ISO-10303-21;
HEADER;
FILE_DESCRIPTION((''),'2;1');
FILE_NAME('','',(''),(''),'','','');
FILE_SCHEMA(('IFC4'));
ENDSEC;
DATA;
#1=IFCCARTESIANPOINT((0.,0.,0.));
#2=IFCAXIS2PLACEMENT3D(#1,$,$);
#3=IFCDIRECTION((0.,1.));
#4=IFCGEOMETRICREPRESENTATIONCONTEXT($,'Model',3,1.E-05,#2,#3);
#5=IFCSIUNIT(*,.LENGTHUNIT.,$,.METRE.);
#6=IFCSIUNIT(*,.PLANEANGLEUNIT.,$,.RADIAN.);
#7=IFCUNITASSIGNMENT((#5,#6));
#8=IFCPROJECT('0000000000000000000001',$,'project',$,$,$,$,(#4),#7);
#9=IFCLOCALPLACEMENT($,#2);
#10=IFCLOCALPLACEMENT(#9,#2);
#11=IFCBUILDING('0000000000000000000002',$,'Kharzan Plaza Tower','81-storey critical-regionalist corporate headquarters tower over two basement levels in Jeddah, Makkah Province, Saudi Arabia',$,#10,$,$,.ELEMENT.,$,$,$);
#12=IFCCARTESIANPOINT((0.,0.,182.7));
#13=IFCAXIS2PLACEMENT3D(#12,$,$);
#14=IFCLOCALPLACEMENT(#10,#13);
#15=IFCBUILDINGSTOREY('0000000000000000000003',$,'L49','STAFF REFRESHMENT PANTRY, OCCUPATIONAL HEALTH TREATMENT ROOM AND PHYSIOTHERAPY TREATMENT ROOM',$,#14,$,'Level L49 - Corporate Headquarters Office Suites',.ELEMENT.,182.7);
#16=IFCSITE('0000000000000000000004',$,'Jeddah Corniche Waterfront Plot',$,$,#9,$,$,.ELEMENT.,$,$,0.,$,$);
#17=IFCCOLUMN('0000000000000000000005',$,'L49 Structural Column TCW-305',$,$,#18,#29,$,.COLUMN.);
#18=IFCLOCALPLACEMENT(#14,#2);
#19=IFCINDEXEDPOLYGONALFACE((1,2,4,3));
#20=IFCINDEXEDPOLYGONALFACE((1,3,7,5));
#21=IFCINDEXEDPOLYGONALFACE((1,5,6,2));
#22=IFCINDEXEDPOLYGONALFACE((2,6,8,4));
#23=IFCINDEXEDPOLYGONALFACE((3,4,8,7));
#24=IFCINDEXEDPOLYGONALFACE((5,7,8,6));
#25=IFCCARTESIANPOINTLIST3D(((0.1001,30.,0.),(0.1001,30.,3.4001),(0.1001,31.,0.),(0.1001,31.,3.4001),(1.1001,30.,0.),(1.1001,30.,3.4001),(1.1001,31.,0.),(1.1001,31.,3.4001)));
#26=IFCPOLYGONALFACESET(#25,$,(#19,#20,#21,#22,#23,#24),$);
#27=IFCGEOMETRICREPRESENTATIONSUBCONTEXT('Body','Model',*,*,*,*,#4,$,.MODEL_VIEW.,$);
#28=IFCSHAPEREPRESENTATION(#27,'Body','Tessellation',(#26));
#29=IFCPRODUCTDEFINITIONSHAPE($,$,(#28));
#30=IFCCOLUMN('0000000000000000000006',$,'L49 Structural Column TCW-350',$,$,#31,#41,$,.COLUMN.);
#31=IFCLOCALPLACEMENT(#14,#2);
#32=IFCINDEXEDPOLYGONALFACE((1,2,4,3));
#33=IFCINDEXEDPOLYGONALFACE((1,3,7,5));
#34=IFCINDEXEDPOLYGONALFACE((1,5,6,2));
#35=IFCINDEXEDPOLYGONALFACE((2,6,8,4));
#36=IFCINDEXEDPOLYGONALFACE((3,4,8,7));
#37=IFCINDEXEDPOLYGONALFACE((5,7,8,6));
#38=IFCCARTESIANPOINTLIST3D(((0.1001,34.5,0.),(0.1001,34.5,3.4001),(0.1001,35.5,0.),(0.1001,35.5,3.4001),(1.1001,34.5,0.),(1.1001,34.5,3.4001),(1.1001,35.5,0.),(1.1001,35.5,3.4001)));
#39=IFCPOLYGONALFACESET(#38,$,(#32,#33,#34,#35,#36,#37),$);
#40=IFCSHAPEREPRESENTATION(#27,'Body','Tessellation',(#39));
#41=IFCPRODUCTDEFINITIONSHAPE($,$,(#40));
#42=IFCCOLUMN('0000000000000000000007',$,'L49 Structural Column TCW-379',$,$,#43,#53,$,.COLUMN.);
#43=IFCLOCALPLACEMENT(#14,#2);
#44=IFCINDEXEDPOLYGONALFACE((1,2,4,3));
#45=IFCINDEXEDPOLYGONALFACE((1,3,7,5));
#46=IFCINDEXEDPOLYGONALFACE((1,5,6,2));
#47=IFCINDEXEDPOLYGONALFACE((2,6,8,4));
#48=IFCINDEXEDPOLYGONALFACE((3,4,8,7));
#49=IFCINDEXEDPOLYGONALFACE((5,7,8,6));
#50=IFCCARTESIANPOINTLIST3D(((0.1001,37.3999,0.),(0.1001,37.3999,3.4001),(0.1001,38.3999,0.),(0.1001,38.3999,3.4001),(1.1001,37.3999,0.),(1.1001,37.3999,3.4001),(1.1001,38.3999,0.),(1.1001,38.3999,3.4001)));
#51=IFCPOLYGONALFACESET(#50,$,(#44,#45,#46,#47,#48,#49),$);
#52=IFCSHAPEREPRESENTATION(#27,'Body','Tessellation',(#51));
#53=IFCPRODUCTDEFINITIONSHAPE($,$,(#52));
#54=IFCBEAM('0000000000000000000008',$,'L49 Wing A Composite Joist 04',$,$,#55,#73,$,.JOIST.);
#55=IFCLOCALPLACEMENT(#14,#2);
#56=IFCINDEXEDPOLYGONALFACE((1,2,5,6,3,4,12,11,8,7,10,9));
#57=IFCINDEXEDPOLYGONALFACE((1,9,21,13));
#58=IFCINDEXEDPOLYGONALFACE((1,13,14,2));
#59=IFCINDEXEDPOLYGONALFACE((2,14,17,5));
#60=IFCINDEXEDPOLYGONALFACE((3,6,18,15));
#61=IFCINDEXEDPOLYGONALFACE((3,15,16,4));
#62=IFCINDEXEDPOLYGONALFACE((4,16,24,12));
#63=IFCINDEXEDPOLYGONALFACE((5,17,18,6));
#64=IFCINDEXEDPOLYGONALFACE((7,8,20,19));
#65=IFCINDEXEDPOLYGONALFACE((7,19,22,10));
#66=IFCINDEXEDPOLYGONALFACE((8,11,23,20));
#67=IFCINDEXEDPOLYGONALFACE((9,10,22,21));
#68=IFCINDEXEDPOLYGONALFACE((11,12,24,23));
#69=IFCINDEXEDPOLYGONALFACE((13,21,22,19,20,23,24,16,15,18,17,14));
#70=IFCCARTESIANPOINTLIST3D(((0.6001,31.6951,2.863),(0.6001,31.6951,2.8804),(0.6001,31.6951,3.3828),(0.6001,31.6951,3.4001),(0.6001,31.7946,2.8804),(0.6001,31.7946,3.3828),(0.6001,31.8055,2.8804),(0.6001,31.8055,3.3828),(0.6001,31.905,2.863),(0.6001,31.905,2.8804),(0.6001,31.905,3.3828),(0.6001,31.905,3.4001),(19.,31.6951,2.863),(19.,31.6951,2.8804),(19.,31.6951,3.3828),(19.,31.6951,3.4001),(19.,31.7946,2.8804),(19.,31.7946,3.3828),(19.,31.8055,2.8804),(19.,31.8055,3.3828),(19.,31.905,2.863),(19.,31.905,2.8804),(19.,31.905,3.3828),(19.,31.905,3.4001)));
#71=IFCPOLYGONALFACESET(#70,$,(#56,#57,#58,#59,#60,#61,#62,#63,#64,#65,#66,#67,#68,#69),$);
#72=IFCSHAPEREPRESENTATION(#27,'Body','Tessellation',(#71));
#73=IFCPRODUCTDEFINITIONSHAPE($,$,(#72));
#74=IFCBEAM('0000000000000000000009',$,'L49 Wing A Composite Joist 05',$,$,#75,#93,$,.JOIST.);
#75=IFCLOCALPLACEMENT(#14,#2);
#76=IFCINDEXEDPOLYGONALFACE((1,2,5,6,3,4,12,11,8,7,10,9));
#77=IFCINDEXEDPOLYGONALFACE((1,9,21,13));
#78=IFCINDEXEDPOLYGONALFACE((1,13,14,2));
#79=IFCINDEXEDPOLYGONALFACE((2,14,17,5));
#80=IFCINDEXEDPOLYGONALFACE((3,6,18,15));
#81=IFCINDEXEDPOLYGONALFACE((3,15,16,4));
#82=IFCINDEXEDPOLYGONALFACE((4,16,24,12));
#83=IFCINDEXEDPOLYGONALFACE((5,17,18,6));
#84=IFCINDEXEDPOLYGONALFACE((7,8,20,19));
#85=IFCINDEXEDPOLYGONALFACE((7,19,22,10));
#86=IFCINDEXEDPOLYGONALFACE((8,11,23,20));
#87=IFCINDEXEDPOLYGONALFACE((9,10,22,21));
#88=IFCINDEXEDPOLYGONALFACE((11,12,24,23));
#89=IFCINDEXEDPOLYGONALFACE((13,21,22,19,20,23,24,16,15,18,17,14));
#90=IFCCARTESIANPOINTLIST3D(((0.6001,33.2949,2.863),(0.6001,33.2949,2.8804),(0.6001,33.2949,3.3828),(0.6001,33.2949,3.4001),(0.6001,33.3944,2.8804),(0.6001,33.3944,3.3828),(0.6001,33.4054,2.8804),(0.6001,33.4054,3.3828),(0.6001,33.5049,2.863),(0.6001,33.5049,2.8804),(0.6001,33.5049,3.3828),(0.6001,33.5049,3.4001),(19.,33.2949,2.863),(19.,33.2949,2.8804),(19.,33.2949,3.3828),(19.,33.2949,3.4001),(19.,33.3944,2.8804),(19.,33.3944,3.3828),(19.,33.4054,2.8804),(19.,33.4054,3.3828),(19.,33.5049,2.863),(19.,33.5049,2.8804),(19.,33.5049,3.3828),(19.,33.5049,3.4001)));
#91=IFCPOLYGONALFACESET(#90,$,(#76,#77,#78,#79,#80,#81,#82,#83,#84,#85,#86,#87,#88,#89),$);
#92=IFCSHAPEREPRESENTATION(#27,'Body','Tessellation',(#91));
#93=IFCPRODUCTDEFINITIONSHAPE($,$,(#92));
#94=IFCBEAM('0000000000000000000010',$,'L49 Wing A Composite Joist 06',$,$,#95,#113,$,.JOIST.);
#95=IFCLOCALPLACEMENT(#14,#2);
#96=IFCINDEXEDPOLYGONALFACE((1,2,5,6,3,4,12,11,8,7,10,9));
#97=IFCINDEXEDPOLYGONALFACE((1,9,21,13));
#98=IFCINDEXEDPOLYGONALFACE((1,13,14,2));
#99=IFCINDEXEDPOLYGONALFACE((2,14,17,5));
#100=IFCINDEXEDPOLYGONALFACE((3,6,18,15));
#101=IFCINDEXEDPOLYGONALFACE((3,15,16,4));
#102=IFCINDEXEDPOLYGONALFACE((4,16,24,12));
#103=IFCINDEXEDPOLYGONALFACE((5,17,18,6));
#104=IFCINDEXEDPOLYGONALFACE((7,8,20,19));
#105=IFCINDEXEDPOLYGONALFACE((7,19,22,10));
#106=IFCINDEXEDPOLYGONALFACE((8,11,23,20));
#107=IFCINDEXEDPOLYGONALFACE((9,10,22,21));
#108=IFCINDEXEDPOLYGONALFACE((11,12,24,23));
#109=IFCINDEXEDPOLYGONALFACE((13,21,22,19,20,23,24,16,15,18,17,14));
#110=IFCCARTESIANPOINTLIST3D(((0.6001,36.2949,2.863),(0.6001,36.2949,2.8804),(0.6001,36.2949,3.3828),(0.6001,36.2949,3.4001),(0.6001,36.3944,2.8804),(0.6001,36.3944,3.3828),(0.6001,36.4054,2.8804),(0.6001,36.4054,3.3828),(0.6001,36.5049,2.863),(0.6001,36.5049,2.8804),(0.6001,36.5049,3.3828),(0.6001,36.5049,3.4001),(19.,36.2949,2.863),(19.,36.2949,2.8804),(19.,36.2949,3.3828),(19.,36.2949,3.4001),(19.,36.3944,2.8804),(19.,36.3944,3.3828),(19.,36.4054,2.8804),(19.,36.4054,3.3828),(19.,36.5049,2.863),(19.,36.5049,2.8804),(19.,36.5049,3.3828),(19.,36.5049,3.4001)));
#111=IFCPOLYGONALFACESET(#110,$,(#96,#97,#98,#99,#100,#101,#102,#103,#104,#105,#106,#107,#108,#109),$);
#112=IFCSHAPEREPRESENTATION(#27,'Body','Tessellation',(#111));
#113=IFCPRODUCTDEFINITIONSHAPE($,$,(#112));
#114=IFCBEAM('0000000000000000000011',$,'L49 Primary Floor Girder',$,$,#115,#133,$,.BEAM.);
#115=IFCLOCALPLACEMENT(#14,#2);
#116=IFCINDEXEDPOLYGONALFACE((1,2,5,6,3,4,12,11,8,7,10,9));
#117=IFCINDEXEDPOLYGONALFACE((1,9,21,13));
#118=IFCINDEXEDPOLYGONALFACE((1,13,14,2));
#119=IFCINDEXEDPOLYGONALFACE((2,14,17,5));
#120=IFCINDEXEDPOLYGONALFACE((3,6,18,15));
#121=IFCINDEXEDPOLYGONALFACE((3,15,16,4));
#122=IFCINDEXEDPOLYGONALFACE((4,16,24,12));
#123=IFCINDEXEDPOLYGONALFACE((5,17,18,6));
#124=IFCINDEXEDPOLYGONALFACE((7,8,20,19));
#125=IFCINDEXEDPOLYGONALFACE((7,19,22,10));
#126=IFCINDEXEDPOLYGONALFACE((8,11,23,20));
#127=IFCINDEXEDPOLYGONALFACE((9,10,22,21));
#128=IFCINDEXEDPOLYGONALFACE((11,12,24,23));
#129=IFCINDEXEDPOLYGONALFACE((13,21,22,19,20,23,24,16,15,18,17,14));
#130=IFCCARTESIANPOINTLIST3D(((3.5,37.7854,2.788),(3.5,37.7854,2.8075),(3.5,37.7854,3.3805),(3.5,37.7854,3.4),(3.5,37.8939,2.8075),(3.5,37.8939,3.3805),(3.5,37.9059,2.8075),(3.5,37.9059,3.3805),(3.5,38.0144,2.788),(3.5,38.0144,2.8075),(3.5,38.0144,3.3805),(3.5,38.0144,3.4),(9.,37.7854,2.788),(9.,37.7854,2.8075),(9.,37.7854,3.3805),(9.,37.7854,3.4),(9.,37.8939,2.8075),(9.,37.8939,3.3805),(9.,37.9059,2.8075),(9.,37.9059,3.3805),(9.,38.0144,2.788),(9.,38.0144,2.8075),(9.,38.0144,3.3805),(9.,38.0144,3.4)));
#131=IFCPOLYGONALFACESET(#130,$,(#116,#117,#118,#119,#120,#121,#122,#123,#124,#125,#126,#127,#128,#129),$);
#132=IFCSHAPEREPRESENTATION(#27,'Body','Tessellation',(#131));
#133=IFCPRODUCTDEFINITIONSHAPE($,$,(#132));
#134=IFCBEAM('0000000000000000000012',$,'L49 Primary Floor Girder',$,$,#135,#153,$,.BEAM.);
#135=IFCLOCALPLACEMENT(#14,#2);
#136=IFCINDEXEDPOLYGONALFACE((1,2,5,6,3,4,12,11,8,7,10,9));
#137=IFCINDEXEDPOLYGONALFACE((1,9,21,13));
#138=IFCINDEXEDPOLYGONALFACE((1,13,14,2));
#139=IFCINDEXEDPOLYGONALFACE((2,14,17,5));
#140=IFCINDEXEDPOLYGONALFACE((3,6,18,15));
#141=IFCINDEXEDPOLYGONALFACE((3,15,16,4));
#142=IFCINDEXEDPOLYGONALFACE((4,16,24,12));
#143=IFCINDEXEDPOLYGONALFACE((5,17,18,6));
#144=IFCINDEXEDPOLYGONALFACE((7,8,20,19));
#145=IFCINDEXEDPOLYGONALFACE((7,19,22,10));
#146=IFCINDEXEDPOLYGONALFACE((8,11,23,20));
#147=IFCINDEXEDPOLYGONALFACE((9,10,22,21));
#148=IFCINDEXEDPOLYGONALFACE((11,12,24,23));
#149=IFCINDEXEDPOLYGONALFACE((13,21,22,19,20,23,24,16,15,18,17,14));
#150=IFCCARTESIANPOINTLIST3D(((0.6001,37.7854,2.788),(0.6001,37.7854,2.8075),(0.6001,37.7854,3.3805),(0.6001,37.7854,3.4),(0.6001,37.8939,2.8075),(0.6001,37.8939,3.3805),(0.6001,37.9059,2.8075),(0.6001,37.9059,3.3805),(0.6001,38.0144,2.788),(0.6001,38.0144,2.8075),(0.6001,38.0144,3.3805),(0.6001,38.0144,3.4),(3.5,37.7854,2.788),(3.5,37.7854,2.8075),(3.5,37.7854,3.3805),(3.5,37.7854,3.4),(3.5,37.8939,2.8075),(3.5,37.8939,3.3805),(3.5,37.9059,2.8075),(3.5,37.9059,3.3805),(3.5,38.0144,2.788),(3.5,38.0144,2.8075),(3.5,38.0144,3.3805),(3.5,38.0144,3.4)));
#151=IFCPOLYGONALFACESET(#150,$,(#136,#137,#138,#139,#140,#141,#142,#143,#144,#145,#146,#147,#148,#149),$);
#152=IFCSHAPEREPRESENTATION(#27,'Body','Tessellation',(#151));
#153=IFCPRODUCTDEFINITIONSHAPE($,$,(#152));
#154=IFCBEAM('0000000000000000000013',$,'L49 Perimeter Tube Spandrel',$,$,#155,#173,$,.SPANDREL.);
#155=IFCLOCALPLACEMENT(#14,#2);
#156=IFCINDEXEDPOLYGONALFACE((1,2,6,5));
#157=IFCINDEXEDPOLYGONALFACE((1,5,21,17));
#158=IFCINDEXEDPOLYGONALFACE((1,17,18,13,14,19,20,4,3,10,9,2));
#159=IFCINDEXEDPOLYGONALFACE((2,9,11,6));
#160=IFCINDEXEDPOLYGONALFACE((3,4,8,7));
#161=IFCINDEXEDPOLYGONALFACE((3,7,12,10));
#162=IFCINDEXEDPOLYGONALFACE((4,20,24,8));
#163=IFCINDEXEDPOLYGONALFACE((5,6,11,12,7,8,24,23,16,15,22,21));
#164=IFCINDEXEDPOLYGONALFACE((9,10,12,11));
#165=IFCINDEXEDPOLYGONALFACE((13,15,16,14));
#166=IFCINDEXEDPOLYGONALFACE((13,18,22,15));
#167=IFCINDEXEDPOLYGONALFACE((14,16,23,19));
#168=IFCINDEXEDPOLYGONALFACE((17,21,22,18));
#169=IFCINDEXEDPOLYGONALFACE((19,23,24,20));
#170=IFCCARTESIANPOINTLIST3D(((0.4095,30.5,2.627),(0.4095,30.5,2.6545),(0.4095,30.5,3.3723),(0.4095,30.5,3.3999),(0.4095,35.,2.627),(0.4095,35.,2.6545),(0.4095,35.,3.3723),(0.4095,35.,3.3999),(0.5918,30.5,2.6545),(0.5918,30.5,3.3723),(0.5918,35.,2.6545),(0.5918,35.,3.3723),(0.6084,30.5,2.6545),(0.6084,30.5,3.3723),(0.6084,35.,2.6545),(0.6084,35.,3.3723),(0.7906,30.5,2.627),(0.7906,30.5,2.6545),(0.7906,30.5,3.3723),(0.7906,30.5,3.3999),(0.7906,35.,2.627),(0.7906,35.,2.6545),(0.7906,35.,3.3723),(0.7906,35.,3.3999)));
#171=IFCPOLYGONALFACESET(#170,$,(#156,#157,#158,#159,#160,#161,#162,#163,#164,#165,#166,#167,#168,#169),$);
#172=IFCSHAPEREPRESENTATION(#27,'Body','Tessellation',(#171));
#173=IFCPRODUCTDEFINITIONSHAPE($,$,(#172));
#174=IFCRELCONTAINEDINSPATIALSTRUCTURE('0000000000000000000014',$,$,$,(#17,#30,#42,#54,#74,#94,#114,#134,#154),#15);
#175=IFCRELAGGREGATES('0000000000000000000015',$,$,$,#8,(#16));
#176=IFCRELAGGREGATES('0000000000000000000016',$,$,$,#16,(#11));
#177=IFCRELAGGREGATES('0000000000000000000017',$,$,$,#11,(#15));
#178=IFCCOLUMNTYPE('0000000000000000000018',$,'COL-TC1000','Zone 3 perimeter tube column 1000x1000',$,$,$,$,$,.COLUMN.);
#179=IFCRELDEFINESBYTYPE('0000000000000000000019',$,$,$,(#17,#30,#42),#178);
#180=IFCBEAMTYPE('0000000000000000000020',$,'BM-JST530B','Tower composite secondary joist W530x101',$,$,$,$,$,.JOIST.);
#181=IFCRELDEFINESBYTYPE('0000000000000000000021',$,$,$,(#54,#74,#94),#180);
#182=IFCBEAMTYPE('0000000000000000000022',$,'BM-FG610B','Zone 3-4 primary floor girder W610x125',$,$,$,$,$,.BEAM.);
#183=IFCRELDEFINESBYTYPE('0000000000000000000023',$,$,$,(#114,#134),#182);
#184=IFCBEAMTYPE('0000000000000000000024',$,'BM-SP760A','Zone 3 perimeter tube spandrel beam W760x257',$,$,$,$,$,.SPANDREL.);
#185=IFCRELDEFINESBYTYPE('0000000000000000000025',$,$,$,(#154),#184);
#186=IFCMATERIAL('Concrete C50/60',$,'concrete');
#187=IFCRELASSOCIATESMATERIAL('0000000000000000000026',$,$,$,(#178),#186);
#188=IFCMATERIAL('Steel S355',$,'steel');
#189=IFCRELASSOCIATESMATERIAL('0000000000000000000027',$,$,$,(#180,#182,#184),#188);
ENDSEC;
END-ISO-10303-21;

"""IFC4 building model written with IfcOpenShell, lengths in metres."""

from ifc_helpers import new_model, si_unit, direction, frame, origin, origin_2d, place, context, subcontext, project, spatial, rectangle, i_section, extrude, source, transform, mapped, material, material_profile, profile_set, type_object, element, save


model = new_model("IFC4")

# Units and contexts
model_context = context("Model", 3, precision=1e-05, world=origin(), true_north=direction((0.0, 1.0)))
body_context = subcontext(model_context, "Body", "Model", "MODEL_VIEW")
ifc_project = project(units=[si_unit("LENGTHUNIT", "METRE"), si_unit("PLANEANGLEUNIT", "RADIAN")], contexts=[model_context])

# Site, building, storey
site_placement = place(None, origin())
site = spatial("IfcSite", under=ifc_project, at=site_placement, Name="Jeddah Corniche Waterfront Plot", CompositionType="ELEMENT", RefElevation=0.0)
building_placement = place(site_placement, origin())
building = spatial("IfcBuilding", under=site, at=building_placement, Name="Kharzan Plaza Tower", Description="81-storey critical-regionalist corporate headquarters tower over two basement levels in Jeddah, Makkah Province, Saudi Arabia", CompositionType="ELEMENT")
storey_placement = place(building_placement, frame((0.0, 0.0, 182.7)))
storey = spatial("IfcBuildingStorey", under=building, at=storey_placement, Name="L49", Description="STAFF REFRESHMENT PANTRY, OCCUPATIONAL HEALTH TREATMENT ROOM AND PHYSIOTHERAPY TREATMENT ROOM", LongName="Level L49 - Corporate Headquarters Office Suites", CompositionType="ELEMENT", Elevation=182.7)

# Columns
ifc_material_1 = material(Name="Concrete C50/60", Category="concrete")
ifc_material_profile_1 = material_profile(ifc_material_1, rectangle(XDim=1.0, YDim=1.0, at=origin_2d()), Name="RC-TC1000x1000")
ifc_profile_set_1 = profile_set([ifc_material_profile_1], Name="Concrete C50/60")
column_type = type_object("IfcColumnType", Name="COL-TC1000", Description="Zone 3 perimeter tube column 1000x1000", PredefinedType="COLUMN", material=ifc_profile_set_1)
shared_shape_1 = source(origin(), body_context, "Body", "SweptSolid", [
    extrude(rectangle(XDim=1.0, YDim=1.0, at=origin_2d()), origin(), (0.0, 0.0, 1.0), 3.4001),
])
for number, where, z_axis, x_axis, name in (
    (1, (0.6001, 30.5, 0.0), (0.0, 0.0, 1.0), (1.0, 0.0, 0.0), "L49 Structural Column TCW-305"),
    (2, (0.6001, 35.0, 0.0), (0.0, 0.0, 1.0), (1.0, 0.0, 0.0), "L49 Structural Column TCW-350"),
    (3, (0.6001, 37.8999, 0.0), (0.0, 0.0, 1.0), (1.0, 0.0, 0.0), "L49 Structural Column TCW-379"),
):
    element("IfcColumn", number, at=place(storey_placement, frame(where, z_axis=z_axis, x_axis=x_axis)), inside=storey, type_object=column_type, Name=name, PredefinedType="COLUMN", context=body_context, shape_type="MappedRepresentation", body=[
        mapped(shared_shape_1, transform((0.0, 0.0, 0.0), x_axis=(1.0, 0.0, 0.0), y_axis=(0.0, 1.0, 0.0), z_axis=(0.0, 0.0, 1.0))),
    ])

# Beams
ifc_material_2 = material(Name="Steel S355", Category="steel")
ifc_material_profile_2 = material_profile(ifc_material_2, i_section(OverallWidth=0.21, OverallDepth=0.5371, WebThickness=0.011, FlangeThickness=0.0173, at=origin_2d()), Name="W530x101")
ifc_profile_set_2 = profile_set([ifc_material_profile_2], Name="Steel S355")
beam_type_1 = type_object("IfcBeamType", Name="BM-JST530B", Description="Tower composite secondary joist W530x101", PredefinedType="JOIST", material=ifc_profile_set_2)
shared_shape_2 = source(origin(), body_context, "Body", "SweptSolid", [
    extrude(i_section(OverallWidth=0.21, OverallDepth=0.5371, WebThickness=0.011, FlangeThickness=0.0173, at=origin_2d()), origin(), (0.0, 0.0, 1.0), 18.3999),
])
for number, where, z_axis, x_axis, name in (
    (4, (0.6001, 31.8, 3.1316), (1.0, 0.0, 0.0), (0.0, 1.0, 0.0), "L49 Wing A Composite Joist 04"),
    (5, (0.6001, 33.3999, 3.1316), (1.0, 0.0, 0.0), (0.0, 1.0, 0.0), "L49 Wing A Composite Joist 05"),
    (6, (0.6001, 36.3999, 3.1316), (1.0, 0.0, 0.0), (0.0, 1.0, 0.0), "L49 Wing A Composite Joist 06"),
):
    element("IfcBeam", number, at=place(storey_placement, frame(where, z_axis=z_axis, x_axis=x_axis)), inside=storey, type_object=beam_type_1, Name=name, PredefinedType="JOIST", context=body_context, shape_type="MappedRepresentation", body=[
        mapped(shared_shape_2, transform((0.0, 0.0, 0.0), x_axis=(1.0, 0.0, 0.0), y_axis=(0.0, 1.0, 0.0), z_axis=(0.0, 0.0, 1.0))),
    ])
ifc_material_profile_3 = material_profile(ifc_material_2, i_section(OverallWidth=0.229, OverallDepth=0.6121, WebThickness=0.012, FlangeThickness=0.0195, at=origin_2d()), Name="W610x125")
ifc_profile_set_3 = profile_set([ifc_material_profile_3], Name="Steel S355")
beam_type_2 = type_object("IfcBeamType", Name="BM-FG610B", Description="Zone 3-4 primary floor girder W610x125", PredefinedType="BEAM", material=ifc_profile_set_3)
shared_shape_3 = source(origin(), body_context, "Body", "SweptSolid", [
    extrude(i_section(OverallWidth=0.229, OverallDepth=0.6121, WebThickness=0.012, FlangeThickness=0.0195, at=origin_2d()), origin(), (0.0, 0.0, 1.0), 5.5),
])
beam_1_placement = place(storey_placement, frame((3.5, 37.8999, 3.094), z_axis=(1.0, 0.0, 0.0), x_axis=(0.0, 1.0, 0.0)))
element("IfcBeam", 7, at=beam_1_placement, inside=storey, type_object=beam_type_2, Name="L49 Primary Floor Girder", PredefinedType="BEAM", context=body_context, shape_type="MappedRepresentation", body=[
    mapped(shared_shape_3, transform((0.0, 0.0, 0.0), x_axis=(1.0, 0.0, 0.0), y_axis=(0.0, 1.0, 0.0), z_axis=(0.0, 0.0, 1.0))),
])
shared_shape_4 = source(origin(), body_context, "Body", "SweptSolid", [
    extrude(i_section(OverallWidth=0.229, OverallDepth=0.6121, WebThickness=0.012, FlangeThickness=0.0195, at=origin_2d()), origin(), (0.0, 0.0, 1.0), 2.8999),
])
beam_2_placement = place(storey_placement, frame((0.6001, 37.8999, 3.094), z_axis=(1.0, 0.0, 0.0), x_axis=(0.0, 1.0, 0.0)))
element("IfcBeam", 8, at=beam_2_placement, inside=storey, type_object=beam_type_2, Name="L49 Primary Floor Girder", PredefinedType="BEAM", context=body_context, shape_type="MappedRepresentation", body=[
    mapped(shared_shape_4, transform((0.0, 0.0, 0.0), x_axis=(1.0, 0.0, 0.0), y_axis=(0.0, 1.0, 0.0), z_axis=(0.0, 0.0, 1.0))),
])
ifc_material_profile_4 = material_profile(ifc_material_2, i_section(OverallWidth=0.3811, OverallDepth=0.7729, WebThickness=0.0166, FlangeThickness=0.0276, at=origin_2d()), Name="W760x257")
ifc_profile_set_4 = profile_set([ifc_material_profile_4], Name="Steel S355")
beam_type_3 = type_object("IfcBeamType", Name="BM-SP760A", Description="Zone 3 perimeter tube spandrel beam W760x257", PredefinedType="SPANDREL", material=ifc_profile_set_4)
shared_shape_5 = source(origin(), body_context, "Body", "SweptSolid", [
    extrude(i_section(OverallWidth=0.3811, OverallDepth=0.7729, WebThickness=0.0166, FlangeThickness=0.0276, at=origin_2d()), origin(), (0.0, 0.0, 1.0), 4.5),
])
beam_3_placement = place(storey_placement, frame((0.6001, 30.5, 3.0134), z_axis=(0.0, 1.0, 0.0), x_axis=(-1.0, 0.0, 0.0)))
element("IfcBeam", 9, at=beam_3_placement, inside=storey, type_object=beam_type_3, Name="L49 Perimeter Tube Spandrel", PredefinedType="SPANDREL", context=body_context, shape_type="MappedRepresentation", body=[
    mapped(shared_shape_5, transform((0.0, 0.0, 0.0), x_axis=(1.0, 0.0, 0.0), y_axis=(0.0, 1.0, 0.0), z_axis=(0.0, 0.0, 1.0))),
])

save(model, "model.ifc")
